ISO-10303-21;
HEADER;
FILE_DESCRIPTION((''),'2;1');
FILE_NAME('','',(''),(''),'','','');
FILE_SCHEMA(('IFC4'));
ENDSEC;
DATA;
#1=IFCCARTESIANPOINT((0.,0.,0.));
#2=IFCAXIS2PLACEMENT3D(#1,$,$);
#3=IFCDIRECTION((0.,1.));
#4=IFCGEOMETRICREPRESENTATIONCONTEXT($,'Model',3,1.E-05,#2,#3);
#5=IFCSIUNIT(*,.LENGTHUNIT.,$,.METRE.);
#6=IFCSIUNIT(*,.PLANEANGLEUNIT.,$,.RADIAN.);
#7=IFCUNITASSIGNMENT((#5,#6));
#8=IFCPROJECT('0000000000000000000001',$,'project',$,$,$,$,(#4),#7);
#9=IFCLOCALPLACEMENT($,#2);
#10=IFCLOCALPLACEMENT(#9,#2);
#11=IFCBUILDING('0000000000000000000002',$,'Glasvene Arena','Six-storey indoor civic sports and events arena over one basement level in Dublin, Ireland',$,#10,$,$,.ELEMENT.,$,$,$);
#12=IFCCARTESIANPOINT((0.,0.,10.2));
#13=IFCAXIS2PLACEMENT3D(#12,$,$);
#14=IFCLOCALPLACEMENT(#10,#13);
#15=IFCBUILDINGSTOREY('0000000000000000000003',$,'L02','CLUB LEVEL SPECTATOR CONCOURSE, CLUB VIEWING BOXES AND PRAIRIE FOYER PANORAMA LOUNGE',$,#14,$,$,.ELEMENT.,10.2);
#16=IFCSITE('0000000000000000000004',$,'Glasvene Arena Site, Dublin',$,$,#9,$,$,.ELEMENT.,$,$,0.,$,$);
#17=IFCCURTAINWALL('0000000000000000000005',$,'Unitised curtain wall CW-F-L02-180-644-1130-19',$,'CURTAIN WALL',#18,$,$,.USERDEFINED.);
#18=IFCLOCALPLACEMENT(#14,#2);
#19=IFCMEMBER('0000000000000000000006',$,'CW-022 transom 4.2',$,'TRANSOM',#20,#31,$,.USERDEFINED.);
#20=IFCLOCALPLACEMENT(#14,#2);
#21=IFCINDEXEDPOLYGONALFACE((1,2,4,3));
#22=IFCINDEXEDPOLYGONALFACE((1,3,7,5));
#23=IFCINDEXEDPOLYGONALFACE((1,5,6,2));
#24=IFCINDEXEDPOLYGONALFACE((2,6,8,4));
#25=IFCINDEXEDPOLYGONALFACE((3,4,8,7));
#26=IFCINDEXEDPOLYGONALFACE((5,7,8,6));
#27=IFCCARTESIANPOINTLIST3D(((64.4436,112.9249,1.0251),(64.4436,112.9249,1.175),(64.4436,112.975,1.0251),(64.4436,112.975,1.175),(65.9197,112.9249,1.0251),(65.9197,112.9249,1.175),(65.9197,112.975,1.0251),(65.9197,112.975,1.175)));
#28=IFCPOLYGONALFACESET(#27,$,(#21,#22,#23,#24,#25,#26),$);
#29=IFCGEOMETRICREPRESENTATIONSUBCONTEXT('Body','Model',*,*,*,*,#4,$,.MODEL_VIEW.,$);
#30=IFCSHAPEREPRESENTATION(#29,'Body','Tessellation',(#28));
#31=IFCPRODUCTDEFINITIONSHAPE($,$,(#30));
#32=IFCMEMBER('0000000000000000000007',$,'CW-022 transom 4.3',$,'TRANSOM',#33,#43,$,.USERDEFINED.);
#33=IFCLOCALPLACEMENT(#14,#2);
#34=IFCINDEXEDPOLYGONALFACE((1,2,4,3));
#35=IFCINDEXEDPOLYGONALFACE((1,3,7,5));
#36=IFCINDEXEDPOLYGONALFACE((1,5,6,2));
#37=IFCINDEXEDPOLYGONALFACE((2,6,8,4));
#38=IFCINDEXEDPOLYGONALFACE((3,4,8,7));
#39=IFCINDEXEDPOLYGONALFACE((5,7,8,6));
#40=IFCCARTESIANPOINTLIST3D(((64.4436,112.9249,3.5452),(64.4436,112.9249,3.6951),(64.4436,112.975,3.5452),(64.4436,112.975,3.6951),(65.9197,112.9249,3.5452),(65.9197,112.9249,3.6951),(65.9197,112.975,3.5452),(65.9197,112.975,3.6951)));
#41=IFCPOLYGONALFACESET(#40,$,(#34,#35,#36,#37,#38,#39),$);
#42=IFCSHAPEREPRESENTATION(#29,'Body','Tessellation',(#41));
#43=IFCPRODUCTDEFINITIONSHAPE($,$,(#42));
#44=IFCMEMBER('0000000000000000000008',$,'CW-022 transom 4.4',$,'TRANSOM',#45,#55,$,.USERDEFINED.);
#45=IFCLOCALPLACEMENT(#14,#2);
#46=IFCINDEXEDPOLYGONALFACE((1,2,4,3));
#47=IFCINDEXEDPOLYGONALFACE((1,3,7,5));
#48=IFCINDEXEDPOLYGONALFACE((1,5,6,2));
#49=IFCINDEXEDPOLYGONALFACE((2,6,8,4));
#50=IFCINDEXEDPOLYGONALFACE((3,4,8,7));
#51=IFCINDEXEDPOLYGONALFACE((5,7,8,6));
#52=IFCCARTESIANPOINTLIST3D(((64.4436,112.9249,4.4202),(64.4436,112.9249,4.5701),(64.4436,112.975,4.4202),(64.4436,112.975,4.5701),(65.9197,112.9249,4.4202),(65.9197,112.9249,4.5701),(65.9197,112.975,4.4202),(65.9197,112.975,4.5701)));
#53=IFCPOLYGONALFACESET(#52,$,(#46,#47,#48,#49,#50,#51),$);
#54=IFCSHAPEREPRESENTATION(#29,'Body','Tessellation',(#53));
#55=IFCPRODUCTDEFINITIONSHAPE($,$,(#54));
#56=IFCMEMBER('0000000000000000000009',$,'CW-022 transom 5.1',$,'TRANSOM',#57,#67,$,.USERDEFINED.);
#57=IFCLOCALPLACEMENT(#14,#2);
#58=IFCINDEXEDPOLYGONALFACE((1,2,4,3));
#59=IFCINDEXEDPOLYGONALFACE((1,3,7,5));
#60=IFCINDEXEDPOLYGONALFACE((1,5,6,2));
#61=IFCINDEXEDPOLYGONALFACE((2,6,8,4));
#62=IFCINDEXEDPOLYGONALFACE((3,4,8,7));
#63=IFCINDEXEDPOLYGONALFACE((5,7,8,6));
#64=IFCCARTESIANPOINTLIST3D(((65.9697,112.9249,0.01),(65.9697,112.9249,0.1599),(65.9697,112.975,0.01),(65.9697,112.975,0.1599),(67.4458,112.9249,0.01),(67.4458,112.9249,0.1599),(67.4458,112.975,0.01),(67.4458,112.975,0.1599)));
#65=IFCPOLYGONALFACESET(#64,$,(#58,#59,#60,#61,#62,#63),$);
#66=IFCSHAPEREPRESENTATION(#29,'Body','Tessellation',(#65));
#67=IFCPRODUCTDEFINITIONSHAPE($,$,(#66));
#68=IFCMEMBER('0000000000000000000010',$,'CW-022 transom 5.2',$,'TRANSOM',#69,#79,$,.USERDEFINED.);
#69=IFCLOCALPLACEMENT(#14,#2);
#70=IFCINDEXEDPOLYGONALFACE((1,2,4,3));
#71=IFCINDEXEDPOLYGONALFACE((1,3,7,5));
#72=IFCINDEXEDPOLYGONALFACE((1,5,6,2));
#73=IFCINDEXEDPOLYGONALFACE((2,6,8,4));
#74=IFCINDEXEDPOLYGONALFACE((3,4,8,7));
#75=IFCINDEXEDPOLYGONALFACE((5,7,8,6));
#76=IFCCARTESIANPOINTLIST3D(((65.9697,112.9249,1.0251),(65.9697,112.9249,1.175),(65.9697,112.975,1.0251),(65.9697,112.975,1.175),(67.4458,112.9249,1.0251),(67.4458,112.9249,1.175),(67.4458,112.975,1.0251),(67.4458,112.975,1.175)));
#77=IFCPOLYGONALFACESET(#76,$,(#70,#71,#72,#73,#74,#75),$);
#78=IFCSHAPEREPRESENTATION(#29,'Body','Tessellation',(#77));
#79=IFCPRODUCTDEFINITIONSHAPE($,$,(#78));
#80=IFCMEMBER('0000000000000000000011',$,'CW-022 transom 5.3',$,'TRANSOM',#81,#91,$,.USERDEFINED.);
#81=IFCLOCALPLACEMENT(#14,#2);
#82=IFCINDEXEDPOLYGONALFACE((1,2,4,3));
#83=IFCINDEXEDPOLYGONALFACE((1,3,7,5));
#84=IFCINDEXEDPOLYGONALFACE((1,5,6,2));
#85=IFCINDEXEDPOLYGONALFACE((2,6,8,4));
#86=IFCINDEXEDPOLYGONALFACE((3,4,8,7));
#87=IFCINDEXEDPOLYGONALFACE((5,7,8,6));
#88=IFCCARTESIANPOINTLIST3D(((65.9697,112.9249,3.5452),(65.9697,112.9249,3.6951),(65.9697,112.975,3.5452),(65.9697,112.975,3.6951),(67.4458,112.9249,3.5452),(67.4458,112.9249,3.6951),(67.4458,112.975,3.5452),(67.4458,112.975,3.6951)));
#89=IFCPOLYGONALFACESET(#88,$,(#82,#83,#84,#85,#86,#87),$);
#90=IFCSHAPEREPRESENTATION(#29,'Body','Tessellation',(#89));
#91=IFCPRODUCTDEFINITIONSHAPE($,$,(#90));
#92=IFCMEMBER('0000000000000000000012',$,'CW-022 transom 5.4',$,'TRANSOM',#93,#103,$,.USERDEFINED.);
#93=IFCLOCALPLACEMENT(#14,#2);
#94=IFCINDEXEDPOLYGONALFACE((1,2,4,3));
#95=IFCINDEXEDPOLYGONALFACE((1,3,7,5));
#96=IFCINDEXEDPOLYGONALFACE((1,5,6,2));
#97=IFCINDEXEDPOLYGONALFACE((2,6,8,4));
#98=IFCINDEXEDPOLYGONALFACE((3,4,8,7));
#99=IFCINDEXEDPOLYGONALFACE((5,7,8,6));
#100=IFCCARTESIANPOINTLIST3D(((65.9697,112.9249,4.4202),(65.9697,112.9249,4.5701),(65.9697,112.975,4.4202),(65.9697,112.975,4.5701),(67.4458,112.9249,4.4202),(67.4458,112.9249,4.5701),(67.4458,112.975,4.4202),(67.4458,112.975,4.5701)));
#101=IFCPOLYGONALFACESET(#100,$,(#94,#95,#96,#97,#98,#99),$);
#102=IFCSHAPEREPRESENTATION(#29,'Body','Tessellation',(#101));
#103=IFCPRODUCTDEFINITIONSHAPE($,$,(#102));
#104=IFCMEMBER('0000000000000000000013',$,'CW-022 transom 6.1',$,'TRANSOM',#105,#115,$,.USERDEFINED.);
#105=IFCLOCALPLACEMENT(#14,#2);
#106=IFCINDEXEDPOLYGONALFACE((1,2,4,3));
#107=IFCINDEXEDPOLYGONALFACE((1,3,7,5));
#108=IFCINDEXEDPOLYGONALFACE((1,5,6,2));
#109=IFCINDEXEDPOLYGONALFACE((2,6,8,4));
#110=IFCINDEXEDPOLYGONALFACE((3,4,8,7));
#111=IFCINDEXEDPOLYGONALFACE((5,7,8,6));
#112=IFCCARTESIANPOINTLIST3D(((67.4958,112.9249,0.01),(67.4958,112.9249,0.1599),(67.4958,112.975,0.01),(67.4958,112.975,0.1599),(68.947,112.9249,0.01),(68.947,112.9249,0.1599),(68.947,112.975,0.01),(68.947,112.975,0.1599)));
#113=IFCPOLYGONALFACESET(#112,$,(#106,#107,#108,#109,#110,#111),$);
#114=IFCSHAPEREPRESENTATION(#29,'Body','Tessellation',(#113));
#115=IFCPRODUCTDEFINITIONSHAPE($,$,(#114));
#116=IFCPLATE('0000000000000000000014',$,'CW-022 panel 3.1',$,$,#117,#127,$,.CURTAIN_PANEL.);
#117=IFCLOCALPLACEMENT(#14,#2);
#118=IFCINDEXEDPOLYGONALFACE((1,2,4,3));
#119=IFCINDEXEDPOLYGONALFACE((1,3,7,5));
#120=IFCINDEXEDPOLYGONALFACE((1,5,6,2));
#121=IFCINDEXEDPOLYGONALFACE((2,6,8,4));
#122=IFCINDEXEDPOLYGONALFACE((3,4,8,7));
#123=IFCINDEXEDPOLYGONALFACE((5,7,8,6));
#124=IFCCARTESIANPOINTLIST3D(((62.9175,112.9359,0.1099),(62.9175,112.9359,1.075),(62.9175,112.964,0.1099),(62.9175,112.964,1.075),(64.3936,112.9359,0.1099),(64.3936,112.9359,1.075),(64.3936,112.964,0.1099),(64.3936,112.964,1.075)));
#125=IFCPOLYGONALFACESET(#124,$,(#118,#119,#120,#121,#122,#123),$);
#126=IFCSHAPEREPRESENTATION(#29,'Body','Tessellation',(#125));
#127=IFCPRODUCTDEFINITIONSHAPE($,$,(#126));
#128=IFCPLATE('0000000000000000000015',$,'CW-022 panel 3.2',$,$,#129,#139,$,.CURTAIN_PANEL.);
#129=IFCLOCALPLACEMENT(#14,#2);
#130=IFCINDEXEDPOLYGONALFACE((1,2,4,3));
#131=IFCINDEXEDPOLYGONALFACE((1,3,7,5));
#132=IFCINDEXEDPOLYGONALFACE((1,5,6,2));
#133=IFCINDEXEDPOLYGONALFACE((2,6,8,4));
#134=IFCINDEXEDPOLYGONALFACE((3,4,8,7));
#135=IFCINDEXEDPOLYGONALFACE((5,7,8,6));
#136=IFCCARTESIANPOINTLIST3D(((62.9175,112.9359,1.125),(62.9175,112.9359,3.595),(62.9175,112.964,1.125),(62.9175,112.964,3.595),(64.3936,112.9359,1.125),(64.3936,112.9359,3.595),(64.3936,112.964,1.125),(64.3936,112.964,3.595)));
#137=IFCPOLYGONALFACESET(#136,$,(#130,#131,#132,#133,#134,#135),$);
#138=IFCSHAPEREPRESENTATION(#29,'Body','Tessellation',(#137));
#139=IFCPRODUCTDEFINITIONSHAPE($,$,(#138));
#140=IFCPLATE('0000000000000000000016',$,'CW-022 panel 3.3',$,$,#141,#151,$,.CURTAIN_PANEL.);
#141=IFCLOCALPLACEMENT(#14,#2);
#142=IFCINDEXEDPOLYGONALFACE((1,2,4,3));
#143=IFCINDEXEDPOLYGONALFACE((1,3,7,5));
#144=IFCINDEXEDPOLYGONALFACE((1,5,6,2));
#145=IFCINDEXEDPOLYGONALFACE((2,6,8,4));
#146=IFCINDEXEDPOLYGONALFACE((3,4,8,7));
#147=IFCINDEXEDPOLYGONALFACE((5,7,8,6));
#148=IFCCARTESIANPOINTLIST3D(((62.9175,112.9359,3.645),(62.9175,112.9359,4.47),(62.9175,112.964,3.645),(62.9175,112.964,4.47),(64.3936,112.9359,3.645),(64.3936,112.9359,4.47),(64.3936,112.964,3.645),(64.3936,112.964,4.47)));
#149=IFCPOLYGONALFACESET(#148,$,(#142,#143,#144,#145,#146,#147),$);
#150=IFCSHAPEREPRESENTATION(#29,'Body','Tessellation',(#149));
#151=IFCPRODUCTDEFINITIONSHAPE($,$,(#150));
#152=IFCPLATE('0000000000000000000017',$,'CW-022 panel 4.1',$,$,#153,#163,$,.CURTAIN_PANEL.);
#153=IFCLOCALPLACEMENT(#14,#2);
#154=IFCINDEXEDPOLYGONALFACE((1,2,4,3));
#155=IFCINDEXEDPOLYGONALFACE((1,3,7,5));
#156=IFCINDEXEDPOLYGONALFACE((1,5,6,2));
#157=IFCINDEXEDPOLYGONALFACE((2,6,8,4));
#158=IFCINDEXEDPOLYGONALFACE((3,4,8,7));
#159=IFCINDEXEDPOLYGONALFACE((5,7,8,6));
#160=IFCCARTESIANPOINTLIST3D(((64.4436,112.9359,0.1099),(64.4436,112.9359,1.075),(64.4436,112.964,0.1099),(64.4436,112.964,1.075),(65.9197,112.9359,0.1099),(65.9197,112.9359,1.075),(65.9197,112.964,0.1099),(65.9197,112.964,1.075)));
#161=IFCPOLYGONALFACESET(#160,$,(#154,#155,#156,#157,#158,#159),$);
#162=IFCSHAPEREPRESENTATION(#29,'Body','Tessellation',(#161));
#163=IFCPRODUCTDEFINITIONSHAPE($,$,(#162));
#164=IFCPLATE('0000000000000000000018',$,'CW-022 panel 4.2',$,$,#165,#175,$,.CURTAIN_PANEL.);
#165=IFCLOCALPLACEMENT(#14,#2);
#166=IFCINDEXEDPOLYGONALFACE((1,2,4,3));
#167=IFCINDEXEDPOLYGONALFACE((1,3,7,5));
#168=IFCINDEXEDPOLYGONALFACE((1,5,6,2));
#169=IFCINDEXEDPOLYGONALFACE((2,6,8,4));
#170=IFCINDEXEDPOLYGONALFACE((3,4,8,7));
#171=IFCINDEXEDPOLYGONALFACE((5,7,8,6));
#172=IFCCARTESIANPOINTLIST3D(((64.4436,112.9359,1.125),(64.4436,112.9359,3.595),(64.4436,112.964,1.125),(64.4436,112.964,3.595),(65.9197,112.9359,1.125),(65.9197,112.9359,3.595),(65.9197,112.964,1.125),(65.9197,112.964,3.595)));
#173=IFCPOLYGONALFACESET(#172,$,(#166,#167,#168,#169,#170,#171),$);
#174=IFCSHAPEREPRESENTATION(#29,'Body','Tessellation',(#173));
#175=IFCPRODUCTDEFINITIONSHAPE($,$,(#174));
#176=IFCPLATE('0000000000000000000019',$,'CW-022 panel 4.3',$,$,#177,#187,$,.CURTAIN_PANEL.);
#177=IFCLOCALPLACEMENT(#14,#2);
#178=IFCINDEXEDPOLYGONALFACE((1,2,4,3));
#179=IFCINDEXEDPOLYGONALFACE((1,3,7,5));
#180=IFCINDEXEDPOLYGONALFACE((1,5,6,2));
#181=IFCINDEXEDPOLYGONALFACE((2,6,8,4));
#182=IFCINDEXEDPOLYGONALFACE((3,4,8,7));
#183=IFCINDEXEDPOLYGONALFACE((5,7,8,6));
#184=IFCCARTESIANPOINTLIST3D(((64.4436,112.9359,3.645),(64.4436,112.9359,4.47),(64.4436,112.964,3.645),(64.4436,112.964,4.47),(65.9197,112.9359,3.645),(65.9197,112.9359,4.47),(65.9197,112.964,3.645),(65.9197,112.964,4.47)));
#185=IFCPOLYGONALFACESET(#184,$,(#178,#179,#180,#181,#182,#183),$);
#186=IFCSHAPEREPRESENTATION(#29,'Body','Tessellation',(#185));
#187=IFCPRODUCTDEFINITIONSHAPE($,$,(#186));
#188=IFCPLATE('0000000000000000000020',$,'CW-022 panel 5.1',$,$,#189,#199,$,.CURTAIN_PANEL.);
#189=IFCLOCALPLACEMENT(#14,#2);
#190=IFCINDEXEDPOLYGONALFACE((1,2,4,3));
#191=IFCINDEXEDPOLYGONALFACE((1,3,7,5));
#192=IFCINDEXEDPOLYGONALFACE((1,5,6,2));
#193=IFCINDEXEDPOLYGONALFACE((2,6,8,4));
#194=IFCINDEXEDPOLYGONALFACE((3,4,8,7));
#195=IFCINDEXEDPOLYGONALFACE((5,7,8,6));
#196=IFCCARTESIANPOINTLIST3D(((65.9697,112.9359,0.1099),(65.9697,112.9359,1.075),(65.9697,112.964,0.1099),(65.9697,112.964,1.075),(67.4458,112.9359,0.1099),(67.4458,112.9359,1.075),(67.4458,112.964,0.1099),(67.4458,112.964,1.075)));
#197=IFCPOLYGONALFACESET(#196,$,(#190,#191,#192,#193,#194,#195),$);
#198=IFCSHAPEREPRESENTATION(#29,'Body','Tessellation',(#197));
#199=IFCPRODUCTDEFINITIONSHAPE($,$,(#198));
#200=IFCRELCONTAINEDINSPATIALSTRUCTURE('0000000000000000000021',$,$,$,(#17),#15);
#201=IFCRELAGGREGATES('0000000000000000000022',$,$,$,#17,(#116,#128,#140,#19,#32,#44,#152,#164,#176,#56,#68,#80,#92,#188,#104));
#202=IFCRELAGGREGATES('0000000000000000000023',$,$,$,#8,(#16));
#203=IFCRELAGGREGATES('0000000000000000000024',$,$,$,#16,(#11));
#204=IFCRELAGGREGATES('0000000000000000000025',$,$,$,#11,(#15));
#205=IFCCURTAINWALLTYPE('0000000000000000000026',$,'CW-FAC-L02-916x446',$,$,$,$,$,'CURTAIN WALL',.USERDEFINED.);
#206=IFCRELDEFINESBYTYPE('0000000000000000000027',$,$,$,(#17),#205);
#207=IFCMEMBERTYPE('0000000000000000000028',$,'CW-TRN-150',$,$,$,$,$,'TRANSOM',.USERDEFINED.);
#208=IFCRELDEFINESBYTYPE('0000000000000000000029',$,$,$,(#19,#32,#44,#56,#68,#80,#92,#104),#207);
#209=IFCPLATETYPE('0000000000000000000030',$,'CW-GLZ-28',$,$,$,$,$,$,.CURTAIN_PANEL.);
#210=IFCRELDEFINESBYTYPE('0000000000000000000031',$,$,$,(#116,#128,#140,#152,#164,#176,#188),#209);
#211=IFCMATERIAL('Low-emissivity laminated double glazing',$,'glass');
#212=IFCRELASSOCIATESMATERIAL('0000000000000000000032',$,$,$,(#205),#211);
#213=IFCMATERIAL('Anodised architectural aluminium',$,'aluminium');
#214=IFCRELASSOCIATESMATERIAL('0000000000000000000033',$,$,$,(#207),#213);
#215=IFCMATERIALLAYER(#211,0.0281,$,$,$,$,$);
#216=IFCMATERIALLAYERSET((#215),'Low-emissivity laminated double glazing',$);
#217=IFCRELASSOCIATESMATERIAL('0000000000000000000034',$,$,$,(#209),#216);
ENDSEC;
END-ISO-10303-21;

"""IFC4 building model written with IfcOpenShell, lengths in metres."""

from ifc_helpers import new_model, si_unit, direction, frame, origin, origin_2d, place, context, subcontext, project, spatial, rectangle, extrude, material, layer, layer_set, material_profile, profile_set, type_object, element, aggregate, save


model = new_model("IFC4")

# Units and contexts
model_context = context("Model", 3, precision=1e-05, world=origin(), true_north=direction((0.0, 1.0)))
body_context = subcontext(model_context, "Body", "Model", "MODEL_VIEW")
ifc_project = project(units=[si_unit("LENGTHUNIT", "METRE"), si_unit("PLANEANGLEUNIT", "RADIAN")], contexts=[model_context])

# Site, building, storey
site_placement = place(None, origin())
site = spatial("IfcSite", under=ifc_project, at=site_placement, Name="Glasvene Arena Site, Dublin", CompositionType="ELEMENT", RefElevation=0.0)
building_placement = place(site_placement, origin())
building = spatial("IfcBuilding", under=site, at=building_placement, Name="Glasvene Arena", Description="Six-storey indoor civic sports and events arena over one basement level in Dublin, Ireland", CompositionType="ELEMENT")
storey_placement = place(building_placement, frame((0.0, 0.0, 10.2)))
storey = spatial("IfcBuildingStorey", under=building, at=storey_placement, Name="L02", Description="CLUB LEVEL SPECTATOR CONCOURSE, CLUB VIEWING BOXES AND PRAIRIE FOYER PANORAMA LOUNGE", CompositionType="ELEMENT", Elevation=10.2)

# Curtain wall, members, plates
ifc_material_1 = material(Name="Low-emissivity laminated double glazing", Category="glass")
curtain_wall_type = type_object("IfcCurtainWallType", Name="CW-FAC-L02-916x446", ElementType="CURTAIN WALL", PredefinedType="USERDEFINED", material=ifc_material_1)
curtain_wall_placement = place(storey_placement, frame((59.8401, 112.95, 0.0)))
curtain_wall = element("IfcCurtainWall", 1, at=curtain_wall_placement, inside=storey, type_object=curtain_wall_type, Name="Unitised curtain wall CW-F-L02-180-644-1130-19", ObjectType="CURTAIN WALL", PredefinedType="USERDEFINED")
ifc_material_2 = material(Name="Anodised architectural aluminium", Category="aluminium")
ifc_material_profile_1 = material_profile(ifc_material_2, rectangle(XDim=0.05, YDim=0.1499, at=origin_2d()), Name="ALU TRANSOM 50x150")
ifc_profile_set_1 = profile_set([ifc_material_profile_1], Name="Anodised architectural aluminium")
member_type_1 = type_object("IfcMemberType", Name="CW-TRN-150", ElementType="TRANSOM", PredefinedType="USERDEFINED", material=ifc_profile_set_1)
member_1_placement = place(storey_placement, frame((64.4436, 112.95, 1.1001), z_axis=(1.0, 0.0, 0.0), x_axis=(0.0, 1.0, 0.0)))
member_1 = element("IfcMember", 2, at=member_1_placement, type_object=member_type_1, Name="CW-022 transom 4.2", ObjectType="TRANSOM", PredefinedType="USERDEFINED", context=body_context, shape_type="SweptSolid", body=[
    extrude(rectangle(XDim=0.05, YDim=0.1499, at=origin_2d()), origin(), (0.0, 0.0, 1.0), 1.4761),
])
member_2_placement = place(storey_placement, frame((64.4436, 112.95, 3.6201), z_axis=(1.0, 0.0, 0.0), x_axis=(0.0, 1.0, 0.0)))
member_2 = element("IfcMember", 3, at=member_2_placement, type_object=member_type_1, Name="CW-022 transom 4.3", ObjectType="TRANSOM", PredefinedType="USERDEFINED", context=body_context, shape_type="SweptSolid", body=[
    extrude(rectangle(XDim=0.05, YDim=0.1499, at=origin_2d()), origin(), (0.0, 0.0, 1.0), 1.4761),
])
member_3_placement = place(storey_placement, frame((64.4436, 112.95, 4.4951), z_axis=(1.0, 0.0, 0.0), x_axis=(0.0, 1.0, 0.0)))
member_3 = element("IfcMember", 4, at=member_3_placement, type_object=member_type_1, Name="CW-022 transom 4.4", ObjectType="TRANSOM", PredefinedType="USERDEFINED", context=body_context, shape_type="SweptSolid", body=[
    extrude(rectangle(XDim=0.05, YDim=0.1499, at=origin_2d()), origin(), (0.0, 0.0, 1.0), 1.4761),
])
member_4_placement = place(storey_placement, frame((65.9697, 112.95, 0.085), z_axis=(1.0, 0.0, 0.0), x_axis=(0.0, 1.0, 0.0)))
member_4 = element("IfcMember", 5, at=member_4_placement, type_object=member_type_1, Name="CW-022 transom 5.1", ObjectType="TRANSOM", PredefinedType="USERDEFINED", context=body_context, shape_type="SweptSolid", body=[
    extrude(rectangle(XDim=0.05, YDim=0.1499, at=origin_2d()), origin(), (0.0, 0.0, 1.0), 1.4761),
])
member_5_placement = place(storey_placement, frame((65.9697, 112.95, 1.1001), z_axis=(1.0, 0.0, 0.0), x_axis=(0.0, 1.0, 0.0)))
member_5 = element("IfcMember", 6, at=member_5_placement, type_object=member_type_1, Name="CW-022 transom 5.2", ObjectType="TRANSOM", PredefinedType="USERDEFINED", context=body_context, shape_type="SweptSolid", body=[
    extrude(rectangle(XDim=0.05, YDim=0.1499, at=origin_2d()), origin(), (0.0, 0.0, 1.0), 1.4761),
])
member_6_placement = place(storey_placement, frame((65.9697, 112.95, 3.6201), z_axis=(1.0, 0.0, 0.0), x_axis=(0.0, 1.0, 0.0)))
member_6 = element("IfcMember", 7, at=member_6_placement, type_object=member_type_1, Name="CW-022 transom 5.3", ObjectType="TRANSOM", PredefinedType="USERDEFINED", context=body_context, shape_type="SweptSolid", body=[
    extrude(rectangle(XDim=0.05, YDim=0.1499, at=origin_2d()), origin(), (0.0, 0.0, 1.0), 1.4761),
])
member_7_placement = place(storey_placement, frame((65.9697, 112.95, 4.4951), z_axis=(1.0, 0.0, 0.0), x_axis=(0.0, 1.0, 0.0)))
member_7 = element("IfcMember", 8, at=member_7_placement, type_object=member_type_1, Name="CW-022 transom 5.4", ObjectType="TRANSOM", PredefinedType="USERDEFINED", context=body_context, shape_type="SweptSolid", body=[
    extrude(rectangle(XDim=0.05, YDim=0.1499, at=origin_2d()), origin(), (0.0, 0.0, 1.0), 1.4761),
])
member_8_placement = place(storey_placement, frame((67.4958, 112.95, 0.085), z_axis=(1.0, 0.0, 0.0), x_axis=(0.0, 1.0, 0.0)))
member_8 = element("IfcMember", 9, at=member_8_placement, type_object=member_type_1, Name="CW-022 transom 6.1", ObjectType="TRANSOM", PredefinedType="USERDEFINED", context=body_context, shape_type="SweptSolid", body=[
    extrude(rectangle(XDim=0.05, YDim=0.1499, at=origin_2d()), origin(), (0.0, 0.0, 1.0), 1.4512),
])
ifc_layer_1 = layer(ifc_material_1, 0.0281)
ifc_layer_set_1 = layer_set([ifc_layer_1], Name="Low-emissivity laminated double glazing")
plate_type = type_object("IfcPlateType", Name="CW-GLZ-28", PredefinedType="CURTAIN_PANEL", material=ifc_layer_set_1)
plate_1_placement = place(storey_placement, frame((63.6555, 112.95, 0.1099), z_axis=(0.0, 0.0, 1.0), x_axis=(1.0, 0.0, 0.0)))
plate_1 = element("IfcPlate", 10, at=plate_1_placement, type_object=plate_type, Name="CW-022 panel 3.1", PredefinedType="CURTAIN_PANEL", context=body_context, shape_type="SweptSolid", body=[
    extrude(rectangle(XDim=1.4761, YDim=0.0281, at=origin_2d()), origin(), (0.0, 0.0, 1.0), 0.9651),
])
plate_2_placement = place(storey_placement, frame((63.6555, 112.95, 1.125), z_axis=(0.0, 0.0, 1.0), x_axis=(1.0, 0.0, 0.0)))
plate_2 = element("IfcPlate", 11, at=plate_2_placement, type_object=plate_type, Name="CW-022 panel 3.2", PredefinedType="CURTAIN_PANEL", context=body_context, shape_type="SweptSolid", body=[
    extrude(rectangle(XDim=1.4761, YDim=0.0281, at=origin_2d()), origin(), (0.0, 0.0, 1.0), 2.47),
])
plate_3_placement = place(storey_placement, frame((63.6555, 112.95, 3.645), z_axis=(0.0, 0.0, 1.0), x_axis=(1.0, 0.0, 0.0)))
plate_3 = element("IfcPlate", 12, at=plate_3_placement, type_object=plate_type, Name="CW-022 panel 3.3", PredefinedType="CURTAIN_PANEL", context=body_context, shape_type="SweptSolid", body=[
    extrude(rectangle(XDim=1.4761, YDim=0.0281, at=origin_2d()), origin(), (0.0, 0.0, 1.0), 0.825),
])
plate_4_placement = place(storey_placement, frame((65.1816, 112.95, 0.1099), z_axis=(0.0, 0.0, 1.0), x_axis=(1.0, 0.0, 0.0)))
plate_4 = element("IfcPlate", 13, at=plate_4_placement, type_object=plate_type, Name="CW-022 panel 4.1", PredefinedType="CURTAIN_PANEL", context=body_context, shape_type="SweptSolid", body=[
    extrude(rectangle(XDim=1.4761, YDim=0.0281, at=origin_2d()), origin(), (0.0, 0.0, 1.0), 0.9651),
])
plate_5_placement = place(storey_placement, frame((65.1816, 112.95, 1.125), z_axis=(0.0, 0.0, 1.0), x_axis=(1.0, 0.0, 0.0)))
plate_5 = element("IfcPlate", 14, at=plate_5_placement, type_object=plate_type, Name="CW-022 panel 4.2", PredefinedType="CURTAIN_PANEL", context=body_context, shape_type="SweptSolid", body=[
    extrude(rectangle(XDim=1.4761, YDim=0.0281, at=origin_2d()), origin(), (0.0, 0.0, 1.0), 2.47),
])
plate_6_placement = place(storey_placement, frame((65.1816, 112.95, 3.645), z_axis=(0.0, 0.0, 1.0), x_axis=(1.0, 0.0, 0.0)))
plate_6 = element("IfcPlate", 15, at=plate_6_placement, type_object=plate_type, Name="CW-022 panel 4.3", PredefinedType="CURTAIN_PANEL", context=body_context, shape_type="SweptSolid", body=[
    extrude(rectangle(XDim=1.4761, YDim=0.0281, at=origin_2d()), origin(), (0.0, 0.0, 1.0), 0.825),
])
plate_7_placement = place(storey_placement, frame((66.7078, 112.95, 0.1099), z_axis=(0.0, 0.0, 1.0), x_axis=(1.0, 0.0, 0.0)))
plate_7 = element("IfcPlate", 16, at=plate_7_placement, type_object=plate_type, Name="CW-022 panel 5.1", PredefinedType="CURTAIN_PANEL", context=body_context, shape_type="SweptSolid", body=[
    extrude(rectangle(XDim=1.4761, YDim=0.0281, at=origin_2d()), origin(), (0.0, 0.0, 1.0), 0.9651),
])
aggregate(curtain_wall, [plate_1, plate_2, plate_3, member_1, member_2, member_3, plate_4, plate_5, plate_6, member_4, member_5, member_6, member_7, plate_7, member_8])

save(model, "model.ifc")
